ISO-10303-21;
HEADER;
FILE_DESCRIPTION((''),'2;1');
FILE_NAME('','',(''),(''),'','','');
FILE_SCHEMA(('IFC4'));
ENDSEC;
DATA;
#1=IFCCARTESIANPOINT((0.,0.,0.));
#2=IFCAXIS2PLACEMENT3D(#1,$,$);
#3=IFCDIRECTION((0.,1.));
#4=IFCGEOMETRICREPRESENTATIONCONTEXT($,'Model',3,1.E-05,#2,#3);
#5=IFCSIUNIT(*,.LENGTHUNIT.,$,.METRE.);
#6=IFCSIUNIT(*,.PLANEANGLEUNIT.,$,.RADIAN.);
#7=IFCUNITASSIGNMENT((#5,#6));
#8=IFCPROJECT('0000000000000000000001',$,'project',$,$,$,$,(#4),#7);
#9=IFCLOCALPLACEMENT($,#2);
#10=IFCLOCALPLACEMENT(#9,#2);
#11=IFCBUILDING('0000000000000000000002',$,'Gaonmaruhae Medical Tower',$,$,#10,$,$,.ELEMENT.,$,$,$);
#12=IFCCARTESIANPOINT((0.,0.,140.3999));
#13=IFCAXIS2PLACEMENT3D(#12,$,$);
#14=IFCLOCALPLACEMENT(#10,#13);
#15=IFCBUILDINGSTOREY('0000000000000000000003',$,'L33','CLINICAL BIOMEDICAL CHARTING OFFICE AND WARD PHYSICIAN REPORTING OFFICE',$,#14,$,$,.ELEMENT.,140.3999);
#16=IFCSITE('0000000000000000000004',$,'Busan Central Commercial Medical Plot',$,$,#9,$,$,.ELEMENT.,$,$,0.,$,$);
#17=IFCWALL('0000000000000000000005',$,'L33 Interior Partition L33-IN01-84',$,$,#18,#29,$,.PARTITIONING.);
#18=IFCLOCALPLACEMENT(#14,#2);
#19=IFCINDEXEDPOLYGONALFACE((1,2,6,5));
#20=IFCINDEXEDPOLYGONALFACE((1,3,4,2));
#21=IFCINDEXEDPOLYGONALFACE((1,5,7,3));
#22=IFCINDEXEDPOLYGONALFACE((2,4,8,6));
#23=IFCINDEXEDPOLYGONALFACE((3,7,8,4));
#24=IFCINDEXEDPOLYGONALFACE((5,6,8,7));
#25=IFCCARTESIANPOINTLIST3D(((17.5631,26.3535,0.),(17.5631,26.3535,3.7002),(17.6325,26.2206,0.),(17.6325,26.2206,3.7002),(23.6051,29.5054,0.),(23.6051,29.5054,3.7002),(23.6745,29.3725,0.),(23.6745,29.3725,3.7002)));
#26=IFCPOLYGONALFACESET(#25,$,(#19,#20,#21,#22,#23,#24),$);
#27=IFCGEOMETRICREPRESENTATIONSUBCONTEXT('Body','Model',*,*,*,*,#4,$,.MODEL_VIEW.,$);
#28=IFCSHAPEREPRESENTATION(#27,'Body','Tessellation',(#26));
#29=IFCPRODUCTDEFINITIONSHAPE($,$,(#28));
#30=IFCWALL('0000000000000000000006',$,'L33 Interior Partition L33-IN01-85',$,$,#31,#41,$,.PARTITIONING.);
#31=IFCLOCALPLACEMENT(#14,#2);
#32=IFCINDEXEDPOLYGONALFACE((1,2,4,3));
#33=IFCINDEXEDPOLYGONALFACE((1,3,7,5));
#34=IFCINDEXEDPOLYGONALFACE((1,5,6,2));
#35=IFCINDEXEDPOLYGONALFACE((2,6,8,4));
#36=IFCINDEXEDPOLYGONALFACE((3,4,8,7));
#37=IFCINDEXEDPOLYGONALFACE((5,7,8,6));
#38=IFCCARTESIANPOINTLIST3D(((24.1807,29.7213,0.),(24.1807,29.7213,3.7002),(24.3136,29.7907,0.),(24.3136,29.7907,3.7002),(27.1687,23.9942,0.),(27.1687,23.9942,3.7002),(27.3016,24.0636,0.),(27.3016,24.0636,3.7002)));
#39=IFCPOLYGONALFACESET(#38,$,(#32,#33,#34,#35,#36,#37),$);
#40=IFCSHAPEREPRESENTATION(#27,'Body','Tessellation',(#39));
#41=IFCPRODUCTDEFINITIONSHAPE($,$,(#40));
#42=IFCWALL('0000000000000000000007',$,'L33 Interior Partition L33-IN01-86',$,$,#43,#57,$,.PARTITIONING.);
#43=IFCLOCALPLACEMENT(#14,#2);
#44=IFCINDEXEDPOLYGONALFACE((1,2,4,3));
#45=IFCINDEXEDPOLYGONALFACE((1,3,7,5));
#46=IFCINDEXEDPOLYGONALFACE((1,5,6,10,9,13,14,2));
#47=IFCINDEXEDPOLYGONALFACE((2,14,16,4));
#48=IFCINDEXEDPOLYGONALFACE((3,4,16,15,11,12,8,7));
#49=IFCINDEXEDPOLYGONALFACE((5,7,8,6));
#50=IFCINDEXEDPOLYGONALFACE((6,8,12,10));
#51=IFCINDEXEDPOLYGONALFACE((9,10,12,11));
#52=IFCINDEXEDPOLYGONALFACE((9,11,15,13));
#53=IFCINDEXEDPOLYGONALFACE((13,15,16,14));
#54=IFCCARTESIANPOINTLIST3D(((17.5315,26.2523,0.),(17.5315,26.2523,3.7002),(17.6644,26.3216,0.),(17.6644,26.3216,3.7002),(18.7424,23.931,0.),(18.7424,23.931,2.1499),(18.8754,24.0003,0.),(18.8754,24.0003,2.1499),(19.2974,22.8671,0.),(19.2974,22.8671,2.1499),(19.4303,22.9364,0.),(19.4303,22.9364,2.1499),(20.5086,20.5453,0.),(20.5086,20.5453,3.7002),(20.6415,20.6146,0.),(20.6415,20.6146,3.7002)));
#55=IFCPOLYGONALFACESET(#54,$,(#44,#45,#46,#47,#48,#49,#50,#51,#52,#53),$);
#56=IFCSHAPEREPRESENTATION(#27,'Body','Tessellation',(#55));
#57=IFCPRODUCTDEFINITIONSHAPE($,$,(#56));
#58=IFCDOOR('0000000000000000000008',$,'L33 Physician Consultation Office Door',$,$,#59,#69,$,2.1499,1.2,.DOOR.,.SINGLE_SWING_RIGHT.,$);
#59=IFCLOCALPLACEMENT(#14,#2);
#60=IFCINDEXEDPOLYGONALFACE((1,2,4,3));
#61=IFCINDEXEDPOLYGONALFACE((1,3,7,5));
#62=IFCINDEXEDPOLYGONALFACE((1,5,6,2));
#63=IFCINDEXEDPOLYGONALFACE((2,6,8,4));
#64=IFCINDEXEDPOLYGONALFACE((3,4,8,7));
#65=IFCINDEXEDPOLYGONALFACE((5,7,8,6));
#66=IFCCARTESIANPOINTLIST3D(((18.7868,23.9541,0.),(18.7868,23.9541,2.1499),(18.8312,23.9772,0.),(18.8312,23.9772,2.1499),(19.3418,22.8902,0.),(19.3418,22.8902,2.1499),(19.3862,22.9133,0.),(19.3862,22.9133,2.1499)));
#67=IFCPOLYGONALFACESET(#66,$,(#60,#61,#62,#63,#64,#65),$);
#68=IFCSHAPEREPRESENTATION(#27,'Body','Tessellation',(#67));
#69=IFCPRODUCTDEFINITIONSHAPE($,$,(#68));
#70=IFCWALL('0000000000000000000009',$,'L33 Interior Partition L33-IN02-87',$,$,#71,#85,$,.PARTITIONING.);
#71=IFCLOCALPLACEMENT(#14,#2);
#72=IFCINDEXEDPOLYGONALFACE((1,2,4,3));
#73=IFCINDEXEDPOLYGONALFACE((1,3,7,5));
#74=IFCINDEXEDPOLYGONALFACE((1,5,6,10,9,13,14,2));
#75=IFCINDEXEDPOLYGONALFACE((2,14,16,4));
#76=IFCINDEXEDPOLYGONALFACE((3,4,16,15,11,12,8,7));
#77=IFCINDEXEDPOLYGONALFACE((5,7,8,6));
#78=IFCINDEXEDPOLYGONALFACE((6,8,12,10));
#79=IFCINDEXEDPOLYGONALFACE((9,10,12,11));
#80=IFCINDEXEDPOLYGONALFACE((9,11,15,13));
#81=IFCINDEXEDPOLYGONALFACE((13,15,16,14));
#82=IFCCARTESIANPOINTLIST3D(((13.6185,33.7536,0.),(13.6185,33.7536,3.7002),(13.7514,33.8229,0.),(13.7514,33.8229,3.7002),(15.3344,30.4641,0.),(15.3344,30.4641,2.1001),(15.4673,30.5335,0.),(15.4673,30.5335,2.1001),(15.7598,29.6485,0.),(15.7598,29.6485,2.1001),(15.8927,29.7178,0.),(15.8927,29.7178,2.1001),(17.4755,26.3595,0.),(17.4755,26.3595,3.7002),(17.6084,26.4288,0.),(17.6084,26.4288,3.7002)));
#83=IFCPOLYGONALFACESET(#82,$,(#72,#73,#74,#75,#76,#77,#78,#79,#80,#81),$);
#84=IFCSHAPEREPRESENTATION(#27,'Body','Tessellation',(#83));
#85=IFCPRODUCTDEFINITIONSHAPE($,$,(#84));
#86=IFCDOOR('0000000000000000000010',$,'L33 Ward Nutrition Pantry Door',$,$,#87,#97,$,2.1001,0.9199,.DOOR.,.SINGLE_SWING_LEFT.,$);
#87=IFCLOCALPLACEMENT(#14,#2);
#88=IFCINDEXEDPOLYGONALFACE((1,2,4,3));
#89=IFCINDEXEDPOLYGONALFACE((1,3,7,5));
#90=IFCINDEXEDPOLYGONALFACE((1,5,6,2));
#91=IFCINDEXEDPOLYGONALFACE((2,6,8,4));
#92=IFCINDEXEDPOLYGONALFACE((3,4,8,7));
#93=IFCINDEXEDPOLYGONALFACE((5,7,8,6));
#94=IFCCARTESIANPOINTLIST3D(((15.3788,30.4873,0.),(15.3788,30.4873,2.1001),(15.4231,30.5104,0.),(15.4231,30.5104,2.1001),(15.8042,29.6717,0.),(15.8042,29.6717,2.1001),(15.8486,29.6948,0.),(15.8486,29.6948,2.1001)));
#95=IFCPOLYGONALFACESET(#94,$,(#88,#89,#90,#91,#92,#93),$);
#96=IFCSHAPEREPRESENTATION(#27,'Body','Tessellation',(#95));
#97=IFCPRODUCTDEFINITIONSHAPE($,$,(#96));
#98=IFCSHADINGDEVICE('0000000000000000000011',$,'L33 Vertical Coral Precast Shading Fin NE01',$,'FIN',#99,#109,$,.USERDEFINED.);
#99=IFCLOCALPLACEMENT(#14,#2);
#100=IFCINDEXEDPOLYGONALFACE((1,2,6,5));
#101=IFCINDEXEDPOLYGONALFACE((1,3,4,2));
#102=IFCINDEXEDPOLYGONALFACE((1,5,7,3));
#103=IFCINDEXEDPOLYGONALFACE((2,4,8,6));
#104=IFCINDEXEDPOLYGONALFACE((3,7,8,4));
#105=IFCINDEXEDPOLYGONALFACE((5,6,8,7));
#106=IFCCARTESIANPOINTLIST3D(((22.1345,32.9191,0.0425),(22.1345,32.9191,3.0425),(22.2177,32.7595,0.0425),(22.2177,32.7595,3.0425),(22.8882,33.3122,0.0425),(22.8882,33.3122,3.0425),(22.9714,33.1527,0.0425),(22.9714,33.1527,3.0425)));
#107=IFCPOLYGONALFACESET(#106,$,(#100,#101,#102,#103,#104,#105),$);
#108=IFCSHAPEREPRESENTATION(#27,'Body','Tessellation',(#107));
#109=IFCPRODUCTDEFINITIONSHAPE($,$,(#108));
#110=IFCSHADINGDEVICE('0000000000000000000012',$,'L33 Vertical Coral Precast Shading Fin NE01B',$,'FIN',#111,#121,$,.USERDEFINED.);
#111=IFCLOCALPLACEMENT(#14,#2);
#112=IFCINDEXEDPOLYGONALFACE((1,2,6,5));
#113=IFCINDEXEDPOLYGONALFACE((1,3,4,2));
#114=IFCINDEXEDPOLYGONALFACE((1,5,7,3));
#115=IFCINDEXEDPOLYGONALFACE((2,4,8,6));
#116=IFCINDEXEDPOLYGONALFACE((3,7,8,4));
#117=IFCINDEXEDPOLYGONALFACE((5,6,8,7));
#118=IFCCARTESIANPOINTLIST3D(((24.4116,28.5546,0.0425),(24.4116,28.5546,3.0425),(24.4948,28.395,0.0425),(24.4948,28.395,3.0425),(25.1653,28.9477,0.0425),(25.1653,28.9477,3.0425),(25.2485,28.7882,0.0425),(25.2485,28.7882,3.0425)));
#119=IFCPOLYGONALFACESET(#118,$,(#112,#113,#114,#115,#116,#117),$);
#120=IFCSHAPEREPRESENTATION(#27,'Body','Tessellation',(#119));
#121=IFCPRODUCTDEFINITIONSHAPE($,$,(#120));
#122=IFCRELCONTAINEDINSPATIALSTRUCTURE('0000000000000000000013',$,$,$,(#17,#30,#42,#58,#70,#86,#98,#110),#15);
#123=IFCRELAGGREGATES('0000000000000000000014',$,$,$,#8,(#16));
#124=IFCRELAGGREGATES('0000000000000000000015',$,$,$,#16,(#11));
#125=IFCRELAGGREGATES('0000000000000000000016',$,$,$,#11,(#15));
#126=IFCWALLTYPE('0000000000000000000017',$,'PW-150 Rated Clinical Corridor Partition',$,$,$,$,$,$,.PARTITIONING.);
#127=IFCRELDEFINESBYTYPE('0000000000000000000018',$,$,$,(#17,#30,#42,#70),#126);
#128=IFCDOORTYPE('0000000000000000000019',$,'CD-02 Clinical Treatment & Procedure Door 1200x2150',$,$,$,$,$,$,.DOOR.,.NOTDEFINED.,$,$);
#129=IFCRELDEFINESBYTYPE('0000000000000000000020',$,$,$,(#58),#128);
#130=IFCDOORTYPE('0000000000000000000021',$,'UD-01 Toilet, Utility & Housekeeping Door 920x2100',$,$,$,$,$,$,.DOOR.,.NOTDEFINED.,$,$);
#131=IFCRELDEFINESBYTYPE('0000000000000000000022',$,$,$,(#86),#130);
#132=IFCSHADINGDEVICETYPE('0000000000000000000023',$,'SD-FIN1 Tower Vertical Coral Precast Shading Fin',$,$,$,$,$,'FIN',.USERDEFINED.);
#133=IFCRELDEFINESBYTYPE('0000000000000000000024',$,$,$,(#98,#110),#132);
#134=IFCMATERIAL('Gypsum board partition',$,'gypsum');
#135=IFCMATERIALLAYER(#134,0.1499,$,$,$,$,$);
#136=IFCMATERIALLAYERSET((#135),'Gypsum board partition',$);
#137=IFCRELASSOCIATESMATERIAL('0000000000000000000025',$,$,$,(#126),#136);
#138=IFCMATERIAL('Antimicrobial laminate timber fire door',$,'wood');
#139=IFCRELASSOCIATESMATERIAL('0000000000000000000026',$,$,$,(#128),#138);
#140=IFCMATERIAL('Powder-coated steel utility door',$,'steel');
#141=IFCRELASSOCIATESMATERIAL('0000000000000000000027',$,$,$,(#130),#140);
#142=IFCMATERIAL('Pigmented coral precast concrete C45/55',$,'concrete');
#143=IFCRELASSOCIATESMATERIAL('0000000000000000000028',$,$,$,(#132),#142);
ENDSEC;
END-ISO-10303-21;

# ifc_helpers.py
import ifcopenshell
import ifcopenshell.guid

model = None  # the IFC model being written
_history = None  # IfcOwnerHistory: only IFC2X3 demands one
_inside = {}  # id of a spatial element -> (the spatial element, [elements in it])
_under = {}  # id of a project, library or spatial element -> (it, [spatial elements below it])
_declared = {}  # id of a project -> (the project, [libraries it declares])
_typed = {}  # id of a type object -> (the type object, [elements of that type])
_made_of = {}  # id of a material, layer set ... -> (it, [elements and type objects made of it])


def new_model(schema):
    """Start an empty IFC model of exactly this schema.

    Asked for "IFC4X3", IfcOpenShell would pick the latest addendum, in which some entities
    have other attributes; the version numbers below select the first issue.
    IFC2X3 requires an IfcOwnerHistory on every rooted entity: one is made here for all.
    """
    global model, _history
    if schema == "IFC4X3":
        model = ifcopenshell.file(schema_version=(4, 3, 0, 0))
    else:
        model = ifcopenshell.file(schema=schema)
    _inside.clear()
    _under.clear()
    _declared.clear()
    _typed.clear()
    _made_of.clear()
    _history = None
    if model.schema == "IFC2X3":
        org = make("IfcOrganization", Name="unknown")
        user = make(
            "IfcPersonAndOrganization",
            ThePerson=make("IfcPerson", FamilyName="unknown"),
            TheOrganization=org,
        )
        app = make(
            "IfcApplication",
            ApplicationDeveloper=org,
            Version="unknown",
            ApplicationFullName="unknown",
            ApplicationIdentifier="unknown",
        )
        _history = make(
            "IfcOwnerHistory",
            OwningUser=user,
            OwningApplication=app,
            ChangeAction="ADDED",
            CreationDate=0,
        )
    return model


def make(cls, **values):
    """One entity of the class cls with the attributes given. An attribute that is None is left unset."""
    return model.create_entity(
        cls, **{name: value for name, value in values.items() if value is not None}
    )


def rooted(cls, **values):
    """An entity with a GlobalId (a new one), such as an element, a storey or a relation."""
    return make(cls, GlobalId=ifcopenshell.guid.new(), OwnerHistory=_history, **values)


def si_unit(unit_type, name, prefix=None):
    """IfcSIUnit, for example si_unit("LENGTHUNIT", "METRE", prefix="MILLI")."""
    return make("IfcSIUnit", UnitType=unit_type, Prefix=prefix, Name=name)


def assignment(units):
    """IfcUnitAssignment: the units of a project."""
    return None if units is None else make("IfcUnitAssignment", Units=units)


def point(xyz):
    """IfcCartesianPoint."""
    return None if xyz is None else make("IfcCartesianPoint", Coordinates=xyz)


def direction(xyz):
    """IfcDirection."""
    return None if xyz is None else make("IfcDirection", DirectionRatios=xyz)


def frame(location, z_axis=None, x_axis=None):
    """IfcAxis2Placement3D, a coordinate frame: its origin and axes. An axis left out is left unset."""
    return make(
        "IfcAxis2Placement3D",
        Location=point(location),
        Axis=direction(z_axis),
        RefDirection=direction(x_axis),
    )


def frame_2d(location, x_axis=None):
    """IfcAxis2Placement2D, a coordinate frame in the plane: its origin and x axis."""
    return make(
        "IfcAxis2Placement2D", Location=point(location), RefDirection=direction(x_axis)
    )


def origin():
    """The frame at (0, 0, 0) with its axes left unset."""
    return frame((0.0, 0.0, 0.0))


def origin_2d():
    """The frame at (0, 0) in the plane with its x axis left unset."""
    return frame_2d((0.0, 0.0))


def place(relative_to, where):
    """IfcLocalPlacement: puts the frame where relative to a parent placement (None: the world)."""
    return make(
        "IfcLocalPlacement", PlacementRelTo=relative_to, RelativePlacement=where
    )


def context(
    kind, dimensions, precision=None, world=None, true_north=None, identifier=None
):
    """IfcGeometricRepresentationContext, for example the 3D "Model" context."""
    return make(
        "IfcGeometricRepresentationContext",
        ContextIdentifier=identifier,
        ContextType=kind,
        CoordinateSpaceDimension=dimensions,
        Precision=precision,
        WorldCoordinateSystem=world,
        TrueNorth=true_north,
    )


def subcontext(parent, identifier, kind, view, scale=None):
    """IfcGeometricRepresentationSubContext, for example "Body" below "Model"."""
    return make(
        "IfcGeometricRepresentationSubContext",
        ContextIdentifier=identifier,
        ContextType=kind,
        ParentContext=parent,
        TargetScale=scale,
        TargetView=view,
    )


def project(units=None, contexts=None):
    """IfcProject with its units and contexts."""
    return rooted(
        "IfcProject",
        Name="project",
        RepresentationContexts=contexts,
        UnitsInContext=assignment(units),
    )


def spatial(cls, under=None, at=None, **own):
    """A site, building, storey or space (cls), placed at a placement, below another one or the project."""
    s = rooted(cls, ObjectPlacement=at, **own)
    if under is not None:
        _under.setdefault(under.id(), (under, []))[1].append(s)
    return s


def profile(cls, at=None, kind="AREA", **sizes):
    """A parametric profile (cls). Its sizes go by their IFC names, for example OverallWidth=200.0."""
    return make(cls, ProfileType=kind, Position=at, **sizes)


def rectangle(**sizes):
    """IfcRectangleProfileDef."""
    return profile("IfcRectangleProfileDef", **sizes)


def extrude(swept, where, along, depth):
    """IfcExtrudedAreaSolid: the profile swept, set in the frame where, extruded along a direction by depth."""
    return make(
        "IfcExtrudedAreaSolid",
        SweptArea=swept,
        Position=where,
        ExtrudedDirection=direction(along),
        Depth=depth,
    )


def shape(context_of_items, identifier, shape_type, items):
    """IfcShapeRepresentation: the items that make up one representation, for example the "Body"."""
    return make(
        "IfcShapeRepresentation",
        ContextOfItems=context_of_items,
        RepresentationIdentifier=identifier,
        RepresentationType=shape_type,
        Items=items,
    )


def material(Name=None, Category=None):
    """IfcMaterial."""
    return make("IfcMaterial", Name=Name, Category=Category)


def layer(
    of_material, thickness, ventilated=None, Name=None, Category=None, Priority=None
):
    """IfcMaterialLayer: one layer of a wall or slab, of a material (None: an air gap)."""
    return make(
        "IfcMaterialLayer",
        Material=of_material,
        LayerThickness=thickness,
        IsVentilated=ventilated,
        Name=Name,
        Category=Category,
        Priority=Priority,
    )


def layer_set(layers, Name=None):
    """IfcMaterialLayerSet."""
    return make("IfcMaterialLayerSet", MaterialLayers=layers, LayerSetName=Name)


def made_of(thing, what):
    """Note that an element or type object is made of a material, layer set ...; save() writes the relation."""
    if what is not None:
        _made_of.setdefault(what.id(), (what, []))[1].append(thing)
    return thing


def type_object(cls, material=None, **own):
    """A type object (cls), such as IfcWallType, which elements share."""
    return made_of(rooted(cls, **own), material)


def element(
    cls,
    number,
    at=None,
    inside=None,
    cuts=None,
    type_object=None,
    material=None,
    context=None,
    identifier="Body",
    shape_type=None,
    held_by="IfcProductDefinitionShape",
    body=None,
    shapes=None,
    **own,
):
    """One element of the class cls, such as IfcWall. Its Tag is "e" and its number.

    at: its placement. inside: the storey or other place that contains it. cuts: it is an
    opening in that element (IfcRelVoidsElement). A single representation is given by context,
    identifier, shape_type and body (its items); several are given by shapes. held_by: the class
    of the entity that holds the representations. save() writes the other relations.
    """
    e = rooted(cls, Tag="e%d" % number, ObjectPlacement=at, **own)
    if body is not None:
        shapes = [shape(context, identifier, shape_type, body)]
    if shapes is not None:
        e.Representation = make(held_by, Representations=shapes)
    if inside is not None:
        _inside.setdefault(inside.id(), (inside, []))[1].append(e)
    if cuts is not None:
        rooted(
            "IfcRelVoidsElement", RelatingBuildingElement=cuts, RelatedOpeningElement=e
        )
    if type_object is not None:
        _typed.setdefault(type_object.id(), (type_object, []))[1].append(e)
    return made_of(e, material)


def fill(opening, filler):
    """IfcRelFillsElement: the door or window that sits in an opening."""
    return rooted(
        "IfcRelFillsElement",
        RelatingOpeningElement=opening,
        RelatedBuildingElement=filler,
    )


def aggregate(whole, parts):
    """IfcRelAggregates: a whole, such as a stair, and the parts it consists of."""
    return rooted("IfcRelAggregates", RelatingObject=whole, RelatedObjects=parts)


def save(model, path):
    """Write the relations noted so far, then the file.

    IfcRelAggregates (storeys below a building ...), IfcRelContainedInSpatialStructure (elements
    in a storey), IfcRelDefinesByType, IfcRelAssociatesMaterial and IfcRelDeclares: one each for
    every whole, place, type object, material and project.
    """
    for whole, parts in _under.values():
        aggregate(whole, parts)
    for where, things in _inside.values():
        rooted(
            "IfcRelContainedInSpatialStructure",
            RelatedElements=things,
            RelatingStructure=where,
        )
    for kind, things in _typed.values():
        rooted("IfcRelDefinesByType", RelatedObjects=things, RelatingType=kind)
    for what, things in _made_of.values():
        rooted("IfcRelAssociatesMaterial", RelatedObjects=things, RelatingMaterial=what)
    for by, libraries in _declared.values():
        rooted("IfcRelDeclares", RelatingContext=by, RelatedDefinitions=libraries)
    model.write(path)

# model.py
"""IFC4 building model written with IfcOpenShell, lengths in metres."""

from ifc_helpers import new_model, si_unit, direction, frame, frame_2d, origin, origin_2d, place, context, subcontext, project, spatial, rectangle, extrude, material, layer, layer_set, type_object, element, fill, save


model = new_model("IFC4")

# Units and contexts
model_context = context("Model", 3, precision=1e-05, world=origin(), true_north=direction((0.0, 1.0)))
body_context = subcontext(model_context, "Body", "Model", "MODEL_VIEW")
ifc_project = project(units=[si_unit("LENGTHUNIT", "METRE"), si_unit("PLANEANGLEUNIT", "RADIAN")], contexts=[model_context])

# Site, building, storey
site_placement = place(None, origin())
site = spatial("IfcSite", under=ifc_project, at=site_placement, Name="Busan Central Commercial Medical Plot", CompositionType="ELEMENT", RefElevation=0.0)
building_placement = place(site_placement, origin())
building = spatial("IfcBuilding", under=site, at=building_placement, Name="Gaonmaruhae Medical Tower", CompositionType="ELEMENT")
storey_placement = place(building_placement, frame((0.0, 0.0, 140.3999)))
storey = spatial("IfcBuildingStorey", under=building, at=storey_placement, Name="L33", Description="CLINICAL BIOMEDICAL CHARTING OFFICE AND WARD PHYSICIAN REPORTING OFFICE", CompositionType="ELEMENT", Elevation=140.3999)

# Shared definitions
ifc_material_1 = material(Name="Gypsum board partition", Category="gypsum")
ifc_layer_1 = layer(ifc_material_1, 0.1499)
ifc_layer_set_1 = layer_set([ifc_layer_1], Name="Gypsum board partition")
wall_type_1 = type_object("IfcWallType", Name="PW-150 Rated Clinical Corridor Partition", PredefinedType="PARTITIONING", material=ifc_layer_set_1)

# Shared definitions
ifc_material_2 = material(Name="Antimicrobial laminate timber fire door", Category="wood")
door_type_1 = type_object("IfcDoorType", Name="CD-02 Clinical Treatment & Procedure Door 1200x2150", OperationType="NOTDEFINED", PredefinedType="DOOR", material=ifc_material_2)

# Walls
wall_1_placement = place(storey_placement, frame((17.5979, 26.2871, 0.0), z_axis=(0.0, 0.0, 1.0), x_axis=(0.886614, 0.46251, 0.0)))
element("IfcWall", 1, at=wall_1_placement, inside=storey, type_object=wall_type_1, Name="L33 Interior Partition L33-IN01-84", PredefinedType="PARTITIONING", context=body_context, shape_type="SweptSolid", body=[
    extrude(rectangle(XDim=6.8147, YDim=0.1499, at=frame_2d((3.4072, 0.0))), origin(), (0.0, 0.0, 1.0), 3.7002),
])
wall_2_placement = place(storey_placement, frame((24.2471, 29.7561, 0.0), z_axis=(0.0, 0.0, 1.0), x_axis=(0.462567, -0.886584, 0.0)))
element("IfcWall", 2, at=wall_2_placement, inside=storey, type_object=wall_type_1, Name="L33 Interior Partition L33-IN01-85", PredefinedType="PARTITIONING", context=body_context, shape_type="SweptSolid", body=[
    extrude(rectangle(XDim=6.4597, YDim=0.1499, at=frame_2d((3.23, 0.0))), origin(), (0.0, 0.0, 1.0), 3.7002),
])

# Walls, openings, doors
wall_3_placement = place(storey_placement, frame((20.575, 20.5801, 0.0), z_axis=(0.0, 0.0, 1.0), x_axis=(-0.462501, 0.886619, 0.0)))
wall_3 = element("IfcWall", 3, at=wall_3_placement, inside=storey, type_object=wall_type_1, Name="L33 Interior Partition L33-IN01-86", PredefinedType="PARTITIONING", context=body_context, shape_type="SweptSolid", body=[
    extrude(rectangle(XDim=6.4368, YDim=0.1499, at=frame_2d((3.2183, 0.0))), origin(), (0.0, 0.0, 1.0), 3.7002),
])
opening_1_placement = place(wall_3_placement, frame((2.6184, 0.0, 0.0)))
opening_1 = element("IfcOpeningElement", 4, at=opening_1_placement, cuts=wall_3, PredefinedType="OPENING", context=body_context, shape_type="SweptSolid", body=[
    extrude(rectangle(XDim=1.2, YDim=2.1499, at=frame_2d((0.6001, 1.075))), frame((0.0, 0.085, 0.0), z_axis=(0.0, -1.0, 0.0), x_axis=(1.0, 0.0, 0.0)), (0.0, 0.0, 1.0), 0.1699),
])
door_1_placement = place(opening_1_placement, origin())
door_1 = element("IfcDoor", 5, at=door_1_placement, inside=storey, type_object=door_type_1, Name="L33 Physician Consultation Office Door", OperationType="SINGLE_SWING_RIGHT", OverallHeight=2.1499, OverallWidth=1.2, PredefinedType="DOOR", context=body_context, shape_type="SweptSolid", body=[
    extrude(rectangle(XDim=1.2, YDim=2.1499, at=frame_2d((0.6001, 1.075))), frame((0.0, 0.0249, 0.0), z_axis=(0.0, -1.0, 0.0), x_axis=(1.0, 0.0, 0.0)), (0.0, 0.0, 1.0), 0.05),
])
fill(opening_1, door_1)
wall_4_placement = place(storey_placement, frame((17.542, 26.394, 0.0), z_axis=(0.0, 0.0, 1.0), x_axis=(-0.462488, 0.886626, 0.0)))
wall_4 = element("IfcWall", 6, at=wall_4_placement, inside=storey, type_object=wall_type_1, Name="L33 Interior Partition L33-IN02-87", PredefinedType="PARTITIONING", context=body_context, shape_type="SweptSolid", body=[
    extrude(rectangle(XDim=8.3396, YDim=0.1499, at=frame_2d((4.1699, 0.0))), origin(), (0.0, 0.0, 1.0), 3.7002),
])
opening_2_placement = place(wall_4_placement, frame((3.7097, 0.0, 0.0)))
opening_2 = element("IfcOpeningElement", 7, at=opening_2_placement, cuts=wall_4, PredefinedType="OPENING", context=body_context, shape_type="SweptSolid", body=[
    extrude(rectangle(XDim=0.9199, YDim=2.1001, at=frame_2d((0.46, 1.05))), frame((0.0, 0.085, 0.0), z_axis=(0.0, -1.0, 0.0), x_axis=(1.0, 0.0, 0.0)), (0.0, 0.0, 1.0), 0.1699),
])
ifc_material_3 = material(Name="Powder-coated steel utility door", Category="steel")
door_type_2 = type_object("IfcDoorType", Name="UD-01 Toilet, Utility & Housekeeping Door 920x2100", OperationType="NOTDEFINED", PredefinedType="DOOR", material=ifc_material_3)
door_2_placement = place(opening_2_placement, origin())
door_2 = element("IfcDoor", 8, at=door_2_placement, inside=storey, type_object=door_type_2, Name="L33 Ward Nutrition Pantry Door", OperationType="SINGLE_SWING_LEFT", OverallHeight=2.1001, OverallWidth=0.9199, PredefinedType="DOOR", context=body_context, shape_type="SweptSolid", body=[
    extrude(rectangle(XDim=0.9199, YDim=2.1001, at=frame_2d((0.46, 1.05))), frame((0.0, 0.0249, 0.0), z_axis=(0.0, -1.0, 0.0), x_axis=(1.0, 0.0, 0.0)), (0.0, 0.0, 1.0), 0.05),
])
fill(opening_2, door_2)

# Shading devices
ifc_material_4 = material(Name="Pigmented coral precast concrete C45/55", Category="concrete")
shading_device_type = type_object("IfcShadingDeviceType", Name="SD-FIN1 Tower Vertical Coral Precast Shading Fin", ElementType="FIN", PredefinedType="USERDEFINED", material=ifc_material_4)
for number, where, z_axis, x_axis, name in (
    (9, (22.553, 33.0359, 0.0425), (0.0, 0.0, 1.0), (0.462523, -0.886608, 0.0), "L33 Vertical Coral Precast Shading Fin NE01"),
    (10, (24.8301, 28.6714, 0.0425), (0.0, 0.0, 1.0), (0.462523, -0.886608, 0.0), "L33 Vertical Coral Precast Shading Fin NE01B"),
):
    element("IfcShadingDevice", number, at=place(storey_placement, frame(where, z_axis=z_axis, x_axis=x_axis)), inside=storey, type_object=shading_device_type, Name=name, ObjectType="FIN", PredefinedType="USERDEFINED", context=body_context, shape_type="SweptSolid", body=[
        extrude(rectangle(XDim=0.1799, YDim=0.8501, at=origin_2d()), origin(), (0.0, 0.0, 1.0), 3.0),
    ])

save(model, "model.ifc")
